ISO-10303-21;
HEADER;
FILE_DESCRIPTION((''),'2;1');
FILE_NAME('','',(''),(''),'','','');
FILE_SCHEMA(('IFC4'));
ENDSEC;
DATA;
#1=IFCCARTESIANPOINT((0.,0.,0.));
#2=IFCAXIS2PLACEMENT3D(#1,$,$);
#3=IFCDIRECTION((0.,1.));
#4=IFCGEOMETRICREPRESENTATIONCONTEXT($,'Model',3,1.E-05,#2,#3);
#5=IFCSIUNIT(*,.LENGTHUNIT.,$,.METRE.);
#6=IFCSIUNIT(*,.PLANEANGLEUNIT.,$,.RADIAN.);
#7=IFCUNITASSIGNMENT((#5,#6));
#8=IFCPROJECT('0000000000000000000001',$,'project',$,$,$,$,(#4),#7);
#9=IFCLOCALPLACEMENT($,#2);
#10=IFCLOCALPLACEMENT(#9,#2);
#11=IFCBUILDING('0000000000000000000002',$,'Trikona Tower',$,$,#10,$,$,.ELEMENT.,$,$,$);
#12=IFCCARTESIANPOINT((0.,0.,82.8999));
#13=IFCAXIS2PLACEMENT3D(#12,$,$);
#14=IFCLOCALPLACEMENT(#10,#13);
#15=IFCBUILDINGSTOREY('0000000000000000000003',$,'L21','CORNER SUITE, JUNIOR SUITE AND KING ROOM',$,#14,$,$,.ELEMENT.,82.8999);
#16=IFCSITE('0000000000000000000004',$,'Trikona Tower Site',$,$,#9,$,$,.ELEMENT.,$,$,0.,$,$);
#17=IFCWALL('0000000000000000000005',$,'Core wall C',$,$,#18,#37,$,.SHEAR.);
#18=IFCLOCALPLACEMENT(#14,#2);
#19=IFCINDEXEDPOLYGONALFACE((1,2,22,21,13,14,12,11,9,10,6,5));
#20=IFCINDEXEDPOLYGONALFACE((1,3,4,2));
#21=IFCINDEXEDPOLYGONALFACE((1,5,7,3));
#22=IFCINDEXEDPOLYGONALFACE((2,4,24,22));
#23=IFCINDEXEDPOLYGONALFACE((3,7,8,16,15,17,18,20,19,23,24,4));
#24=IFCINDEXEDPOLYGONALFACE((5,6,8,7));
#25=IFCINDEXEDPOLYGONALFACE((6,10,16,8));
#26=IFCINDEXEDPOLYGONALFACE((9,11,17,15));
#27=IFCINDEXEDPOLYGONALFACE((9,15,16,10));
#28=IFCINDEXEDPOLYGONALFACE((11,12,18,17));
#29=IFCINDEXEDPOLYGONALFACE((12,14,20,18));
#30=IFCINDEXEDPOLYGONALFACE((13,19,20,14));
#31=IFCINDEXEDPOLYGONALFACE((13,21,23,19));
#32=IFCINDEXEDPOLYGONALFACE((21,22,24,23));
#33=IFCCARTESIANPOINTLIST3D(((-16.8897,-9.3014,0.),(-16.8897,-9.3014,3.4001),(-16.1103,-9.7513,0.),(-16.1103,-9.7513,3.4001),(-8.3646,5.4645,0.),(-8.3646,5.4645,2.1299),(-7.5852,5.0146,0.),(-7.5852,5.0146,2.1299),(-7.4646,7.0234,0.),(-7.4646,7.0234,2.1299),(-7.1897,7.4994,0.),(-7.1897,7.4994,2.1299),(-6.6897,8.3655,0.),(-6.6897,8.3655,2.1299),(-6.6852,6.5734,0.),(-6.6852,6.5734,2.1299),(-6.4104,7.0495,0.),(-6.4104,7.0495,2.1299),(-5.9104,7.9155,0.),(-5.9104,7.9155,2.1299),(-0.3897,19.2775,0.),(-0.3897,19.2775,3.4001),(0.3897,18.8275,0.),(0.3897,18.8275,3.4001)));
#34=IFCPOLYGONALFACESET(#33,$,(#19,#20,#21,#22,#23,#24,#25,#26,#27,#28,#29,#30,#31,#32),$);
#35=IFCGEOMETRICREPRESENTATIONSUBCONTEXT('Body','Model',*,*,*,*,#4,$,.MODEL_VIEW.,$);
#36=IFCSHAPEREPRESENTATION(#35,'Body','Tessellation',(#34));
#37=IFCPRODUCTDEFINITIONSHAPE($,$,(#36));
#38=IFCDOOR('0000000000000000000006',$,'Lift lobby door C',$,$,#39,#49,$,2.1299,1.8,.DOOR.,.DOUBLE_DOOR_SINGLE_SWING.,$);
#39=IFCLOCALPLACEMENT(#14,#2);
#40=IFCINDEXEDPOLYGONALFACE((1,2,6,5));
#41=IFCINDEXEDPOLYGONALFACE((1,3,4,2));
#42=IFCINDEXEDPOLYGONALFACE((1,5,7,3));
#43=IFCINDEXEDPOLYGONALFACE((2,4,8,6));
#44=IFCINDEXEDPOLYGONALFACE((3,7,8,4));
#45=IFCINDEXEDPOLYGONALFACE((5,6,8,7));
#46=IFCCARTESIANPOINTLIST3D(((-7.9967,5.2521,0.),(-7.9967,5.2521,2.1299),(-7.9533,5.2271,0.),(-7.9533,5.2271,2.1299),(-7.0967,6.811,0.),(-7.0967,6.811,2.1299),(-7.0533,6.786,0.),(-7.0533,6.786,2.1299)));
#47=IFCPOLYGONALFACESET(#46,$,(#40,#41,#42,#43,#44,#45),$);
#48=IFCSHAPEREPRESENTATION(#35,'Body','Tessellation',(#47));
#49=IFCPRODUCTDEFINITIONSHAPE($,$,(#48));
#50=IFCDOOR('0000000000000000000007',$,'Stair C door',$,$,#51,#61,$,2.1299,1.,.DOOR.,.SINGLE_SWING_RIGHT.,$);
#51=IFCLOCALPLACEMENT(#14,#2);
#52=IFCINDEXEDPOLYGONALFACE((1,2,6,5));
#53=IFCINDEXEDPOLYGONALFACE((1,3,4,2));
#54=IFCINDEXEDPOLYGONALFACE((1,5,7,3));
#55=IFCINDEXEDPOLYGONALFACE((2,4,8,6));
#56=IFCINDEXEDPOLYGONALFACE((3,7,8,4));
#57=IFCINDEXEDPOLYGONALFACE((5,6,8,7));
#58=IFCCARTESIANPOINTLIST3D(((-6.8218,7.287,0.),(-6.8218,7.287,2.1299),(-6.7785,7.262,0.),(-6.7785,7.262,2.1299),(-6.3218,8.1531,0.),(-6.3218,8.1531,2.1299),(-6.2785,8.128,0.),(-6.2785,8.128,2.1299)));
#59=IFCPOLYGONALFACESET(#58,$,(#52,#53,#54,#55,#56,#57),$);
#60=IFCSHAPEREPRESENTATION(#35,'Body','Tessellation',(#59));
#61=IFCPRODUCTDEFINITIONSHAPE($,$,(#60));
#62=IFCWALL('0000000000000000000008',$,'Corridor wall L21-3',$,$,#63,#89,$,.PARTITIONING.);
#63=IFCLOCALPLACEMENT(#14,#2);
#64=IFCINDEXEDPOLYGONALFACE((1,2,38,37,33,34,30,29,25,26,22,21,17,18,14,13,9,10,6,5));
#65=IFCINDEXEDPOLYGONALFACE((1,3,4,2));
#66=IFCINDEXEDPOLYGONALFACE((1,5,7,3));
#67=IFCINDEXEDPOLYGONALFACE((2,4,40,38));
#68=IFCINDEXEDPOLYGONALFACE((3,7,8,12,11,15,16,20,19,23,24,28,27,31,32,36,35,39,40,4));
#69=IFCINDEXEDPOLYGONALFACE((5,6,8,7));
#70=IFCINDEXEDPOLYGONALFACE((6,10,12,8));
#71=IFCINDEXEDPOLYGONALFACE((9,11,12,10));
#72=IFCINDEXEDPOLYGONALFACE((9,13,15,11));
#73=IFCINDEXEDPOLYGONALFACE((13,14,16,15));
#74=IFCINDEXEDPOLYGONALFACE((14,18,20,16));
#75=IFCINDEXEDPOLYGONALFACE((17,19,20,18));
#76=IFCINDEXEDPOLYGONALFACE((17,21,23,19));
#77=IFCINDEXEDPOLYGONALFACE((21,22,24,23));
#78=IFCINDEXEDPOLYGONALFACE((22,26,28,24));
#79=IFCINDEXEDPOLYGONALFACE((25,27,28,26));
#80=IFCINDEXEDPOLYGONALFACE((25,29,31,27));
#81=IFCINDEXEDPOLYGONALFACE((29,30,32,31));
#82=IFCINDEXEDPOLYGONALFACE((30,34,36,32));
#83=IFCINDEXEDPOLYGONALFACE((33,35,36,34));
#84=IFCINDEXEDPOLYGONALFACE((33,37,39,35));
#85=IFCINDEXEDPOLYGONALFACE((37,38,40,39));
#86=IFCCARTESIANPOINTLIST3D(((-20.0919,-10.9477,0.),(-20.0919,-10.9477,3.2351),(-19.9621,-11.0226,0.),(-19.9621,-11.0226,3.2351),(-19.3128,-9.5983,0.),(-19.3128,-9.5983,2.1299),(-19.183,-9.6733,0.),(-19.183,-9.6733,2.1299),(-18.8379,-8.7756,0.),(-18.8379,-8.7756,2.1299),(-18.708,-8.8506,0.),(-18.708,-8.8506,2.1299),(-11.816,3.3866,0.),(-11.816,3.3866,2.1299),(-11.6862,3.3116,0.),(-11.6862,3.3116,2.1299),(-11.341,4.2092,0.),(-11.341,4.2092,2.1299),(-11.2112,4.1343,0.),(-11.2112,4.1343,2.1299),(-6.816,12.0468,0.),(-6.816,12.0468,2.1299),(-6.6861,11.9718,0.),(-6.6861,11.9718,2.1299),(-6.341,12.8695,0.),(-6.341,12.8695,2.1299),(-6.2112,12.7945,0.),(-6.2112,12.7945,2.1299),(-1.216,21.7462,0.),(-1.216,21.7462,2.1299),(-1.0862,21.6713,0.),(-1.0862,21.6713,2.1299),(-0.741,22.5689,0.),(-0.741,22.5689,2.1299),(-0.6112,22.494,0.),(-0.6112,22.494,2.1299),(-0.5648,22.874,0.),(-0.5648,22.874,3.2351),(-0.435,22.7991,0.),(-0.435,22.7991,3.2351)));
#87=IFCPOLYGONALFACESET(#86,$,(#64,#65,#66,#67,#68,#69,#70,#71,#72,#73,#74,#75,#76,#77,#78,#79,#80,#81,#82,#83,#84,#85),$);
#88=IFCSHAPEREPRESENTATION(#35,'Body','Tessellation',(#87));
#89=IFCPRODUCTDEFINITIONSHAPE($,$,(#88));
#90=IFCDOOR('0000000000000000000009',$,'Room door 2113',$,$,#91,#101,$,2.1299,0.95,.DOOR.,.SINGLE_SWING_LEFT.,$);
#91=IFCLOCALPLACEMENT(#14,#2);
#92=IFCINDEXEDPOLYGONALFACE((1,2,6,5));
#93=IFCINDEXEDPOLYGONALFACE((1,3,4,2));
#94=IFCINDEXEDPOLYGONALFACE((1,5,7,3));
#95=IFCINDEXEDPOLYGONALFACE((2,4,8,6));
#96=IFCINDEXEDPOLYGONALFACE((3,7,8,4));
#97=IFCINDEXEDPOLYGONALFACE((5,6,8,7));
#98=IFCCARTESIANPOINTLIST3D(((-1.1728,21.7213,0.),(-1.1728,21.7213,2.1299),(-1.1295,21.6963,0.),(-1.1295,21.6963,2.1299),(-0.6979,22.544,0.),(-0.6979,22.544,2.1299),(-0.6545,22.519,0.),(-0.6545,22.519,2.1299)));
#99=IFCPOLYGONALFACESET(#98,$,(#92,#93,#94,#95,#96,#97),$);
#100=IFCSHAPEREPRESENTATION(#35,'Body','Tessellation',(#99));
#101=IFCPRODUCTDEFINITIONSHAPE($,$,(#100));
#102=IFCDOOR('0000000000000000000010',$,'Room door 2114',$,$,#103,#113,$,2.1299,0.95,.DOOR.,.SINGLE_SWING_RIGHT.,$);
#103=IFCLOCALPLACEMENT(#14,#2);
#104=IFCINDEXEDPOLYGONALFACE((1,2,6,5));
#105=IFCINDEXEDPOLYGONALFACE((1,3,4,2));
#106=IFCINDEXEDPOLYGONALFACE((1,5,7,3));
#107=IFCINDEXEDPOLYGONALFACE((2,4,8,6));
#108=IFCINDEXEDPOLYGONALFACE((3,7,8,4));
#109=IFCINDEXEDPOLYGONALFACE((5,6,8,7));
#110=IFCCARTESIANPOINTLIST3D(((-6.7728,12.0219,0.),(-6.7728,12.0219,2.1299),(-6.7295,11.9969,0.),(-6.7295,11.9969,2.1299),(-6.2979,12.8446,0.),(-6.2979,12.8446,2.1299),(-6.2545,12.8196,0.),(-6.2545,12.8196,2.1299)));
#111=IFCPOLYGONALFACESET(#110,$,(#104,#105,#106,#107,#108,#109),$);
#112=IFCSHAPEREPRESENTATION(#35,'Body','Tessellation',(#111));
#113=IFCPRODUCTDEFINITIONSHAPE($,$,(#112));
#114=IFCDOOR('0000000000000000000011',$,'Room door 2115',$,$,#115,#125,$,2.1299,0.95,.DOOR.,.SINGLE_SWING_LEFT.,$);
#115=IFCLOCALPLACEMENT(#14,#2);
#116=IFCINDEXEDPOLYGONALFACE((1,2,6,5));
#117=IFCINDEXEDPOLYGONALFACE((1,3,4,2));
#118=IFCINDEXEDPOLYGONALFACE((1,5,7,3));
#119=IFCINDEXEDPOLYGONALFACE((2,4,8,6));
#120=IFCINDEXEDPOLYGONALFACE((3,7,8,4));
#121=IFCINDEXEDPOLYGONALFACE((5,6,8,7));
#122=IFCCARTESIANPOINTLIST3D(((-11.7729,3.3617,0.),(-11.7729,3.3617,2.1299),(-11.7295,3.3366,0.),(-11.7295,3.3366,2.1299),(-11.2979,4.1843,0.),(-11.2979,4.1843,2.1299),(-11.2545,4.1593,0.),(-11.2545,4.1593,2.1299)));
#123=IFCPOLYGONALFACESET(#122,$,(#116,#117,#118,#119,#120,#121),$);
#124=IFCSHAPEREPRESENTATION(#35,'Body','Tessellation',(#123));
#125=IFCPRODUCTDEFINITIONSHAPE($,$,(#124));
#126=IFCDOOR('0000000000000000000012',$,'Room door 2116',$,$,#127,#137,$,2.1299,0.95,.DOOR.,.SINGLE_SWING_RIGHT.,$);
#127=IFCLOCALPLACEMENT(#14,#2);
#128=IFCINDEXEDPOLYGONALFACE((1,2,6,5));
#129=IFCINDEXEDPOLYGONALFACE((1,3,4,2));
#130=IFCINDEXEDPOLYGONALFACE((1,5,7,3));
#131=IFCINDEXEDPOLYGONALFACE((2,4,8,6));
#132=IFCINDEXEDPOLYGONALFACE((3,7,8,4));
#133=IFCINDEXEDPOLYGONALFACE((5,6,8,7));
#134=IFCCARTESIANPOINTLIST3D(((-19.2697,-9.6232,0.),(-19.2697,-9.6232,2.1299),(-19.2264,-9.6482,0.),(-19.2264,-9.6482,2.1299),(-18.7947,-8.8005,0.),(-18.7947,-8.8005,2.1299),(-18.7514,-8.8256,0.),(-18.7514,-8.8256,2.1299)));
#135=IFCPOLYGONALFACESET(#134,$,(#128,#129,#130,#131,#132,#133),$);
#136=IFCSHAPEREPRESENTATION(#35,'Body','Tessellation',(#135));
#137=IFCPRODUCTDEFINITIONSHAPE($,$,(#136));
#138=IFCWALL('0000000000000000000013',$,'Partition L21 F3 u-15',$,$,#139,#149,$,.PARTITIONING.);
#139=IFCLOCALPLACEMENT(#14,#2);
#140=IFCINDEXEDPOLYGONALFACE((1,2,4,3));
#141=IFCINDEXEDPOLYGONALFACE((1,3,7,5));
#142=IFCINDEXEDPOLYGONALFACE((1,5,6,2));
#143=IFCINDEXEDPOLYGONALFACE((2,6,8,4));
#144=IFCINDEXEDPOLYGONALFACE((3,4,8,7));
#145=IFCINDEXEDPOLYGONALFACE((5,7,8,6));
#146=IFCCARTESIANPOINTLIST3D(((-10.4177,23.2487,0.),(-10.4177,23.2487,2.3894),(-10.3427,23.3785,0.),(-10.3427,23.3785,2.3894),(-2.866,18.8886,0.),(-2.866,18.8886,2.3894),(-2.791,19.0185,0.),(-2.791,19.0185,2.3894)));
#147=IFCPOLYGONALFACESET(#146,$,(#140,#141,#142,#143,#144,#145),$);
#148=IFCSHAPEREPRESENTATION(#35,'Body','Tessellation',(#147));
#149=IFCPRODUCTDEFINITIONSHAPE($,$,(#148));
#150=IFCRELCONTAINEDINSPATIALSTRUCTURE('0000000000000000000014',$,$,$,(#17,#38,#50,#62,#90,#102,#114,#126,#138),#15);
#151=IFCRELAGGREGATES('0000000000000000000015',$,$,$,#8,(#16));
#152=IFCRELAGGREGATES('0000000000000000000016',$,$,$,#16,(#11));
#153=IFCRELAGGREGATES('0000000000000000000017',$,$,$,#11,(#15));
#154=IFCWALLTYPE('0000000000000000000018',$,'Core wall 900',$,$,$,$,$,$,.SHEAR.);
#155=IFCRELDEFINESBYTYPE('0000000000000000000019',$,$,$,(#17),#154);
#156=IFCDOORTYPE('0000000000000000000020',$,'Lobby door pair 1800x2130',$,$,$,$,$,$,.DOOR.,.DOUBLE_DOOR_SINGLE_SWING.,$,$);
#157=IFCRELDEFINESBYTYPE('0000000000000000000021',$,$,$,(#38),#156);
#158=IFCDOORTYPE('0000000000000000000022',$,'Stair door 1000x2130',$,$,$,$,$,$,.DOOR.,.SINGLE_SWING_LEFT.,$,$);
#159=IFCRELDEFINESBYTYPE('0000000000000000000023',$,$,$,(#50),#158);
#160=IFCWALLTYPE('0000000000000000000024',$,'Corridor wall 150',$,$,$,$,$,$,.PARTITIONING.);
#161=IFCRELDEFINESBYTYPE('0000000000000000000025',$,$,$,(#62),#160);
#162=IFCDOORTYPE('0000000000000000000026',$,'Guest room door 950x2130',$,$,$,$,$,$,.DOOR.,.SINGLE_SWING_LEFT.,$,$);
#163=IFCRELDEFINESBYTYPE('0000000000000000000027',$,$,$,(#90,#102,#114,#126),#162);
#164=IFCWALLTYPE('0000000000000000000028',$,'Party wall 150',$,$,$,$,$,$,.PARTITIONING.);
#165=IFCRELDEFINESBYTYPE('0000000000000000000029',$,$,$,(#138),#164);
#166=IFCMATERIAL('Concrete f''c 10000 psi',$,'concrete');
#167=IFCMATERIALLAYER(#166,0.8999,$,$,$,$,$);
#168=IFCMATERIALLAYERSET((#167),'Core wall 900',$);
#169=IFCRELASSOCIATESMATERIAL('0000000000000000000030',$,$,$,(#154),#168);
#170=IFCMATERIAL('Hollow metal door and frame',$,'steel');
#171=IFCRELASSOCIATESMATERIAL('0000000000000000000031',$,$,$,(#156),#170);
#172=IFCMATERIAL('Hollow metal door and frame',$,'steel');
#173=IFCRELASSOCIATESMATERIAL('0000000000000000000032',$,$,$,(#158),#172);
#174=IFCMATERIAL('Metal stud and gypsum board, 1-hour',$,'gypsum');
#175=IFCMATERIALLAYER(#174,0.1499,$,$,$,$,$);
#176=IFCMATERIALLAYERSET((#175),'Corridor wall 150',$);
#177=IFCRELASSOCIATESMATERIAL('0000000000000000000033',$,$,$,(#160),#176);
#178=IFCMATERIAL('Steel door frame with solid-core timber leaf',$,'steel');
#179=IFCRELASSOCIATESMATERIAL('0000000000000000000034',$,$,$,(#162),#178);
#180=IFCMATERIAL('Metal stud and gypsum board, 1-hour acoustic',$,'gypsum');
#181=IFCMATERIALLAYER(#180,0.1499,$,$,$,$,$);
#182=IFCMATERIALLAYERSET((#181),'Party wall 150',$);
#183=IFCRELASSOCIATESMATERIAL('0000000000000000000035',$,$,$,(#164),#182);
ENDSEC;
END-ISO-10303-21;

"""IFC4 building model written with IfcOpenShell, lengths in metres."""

from ifc_helpers import new_model, si_unit, direction, frame, frame_2d, origin, place, context, subcontext, project, spatial, rectangle, extrude, material, layer, layer_set, type_object, element, fill, save


model = new_model("IFC4")

# Units and contexts
model_context = context("Model", 3, precision=1e-05, world=origin(), true_north=direction((0.0, 1.0)))
body_context = subcontext(model_context, "Body", "Model", "MODEL_VIEW")
ifc_project = project(units=[si_unit("LENGTHUNIT", "METRE"), si_unit("PLANEANGLEUNIT", "RADIAN")], contexts=[model_context])

# Site, building, storey
site_placement = place(None, origin())
site = spatial("IfcSite", under=ifc_project, at=site_placement, Name="Trikona Tower Site", CompositionType="ELEMENT", RefElevation=0.0)
building_placement = place(site_placement, origin())
building = spatial("IfcBuilding", under=site, at=building_placement, Name="Trikona Tower", CompositionType="ELEMENT")
storey_placement = place(building_placement, frame((0.0, 0.0, 82.8999)))
storey = spatial("IfcBuildingStorey", under=building, at=storey_placement, Name="L21", Description="CORNER SUITE, JUNIOR SUITE AND KING ROOM", CompositionType="ELEMENT", Elevation=82.8999)

# Walls, openings, doors
ifc_material_1 = material(Name="Concrete f'c 10000 psi", Category="concrete")
ifc_layer_1 = layer(ifc_material_1, 0.8999)
ifc_layer_set_1 = layer_set([ifc_layer_1], Name="Core wall 900")
wall_type_1 = type_object("IfcWallType", Name="Core wall 900", PredefinedType="SHEAR", material=ifc_layer_set_1)
wall_1_placement = place(storey_placement, frame((0.0, 19.0525, 0.0), z_axis=(0.0, 0.0, 1.0), x_axis=(-0.5, -0.866026, 0.0)))
wall_1 = element("IfcWall", 1, at=wall_1_placement, inside=storey, type_object=wall_type_1, Name="Core wall C", PredefinedType="SHEAR", context=body_context, shape_type="SweptSolid", body=[
    extrude(rectangle(XDim=33.0, YDim=0.8999, at=frame_2d((16.5, 0.0))), origin(), (0.0, 0.0, 1.0), 3.4001),
])
opening_1_placement = place(wall_1_placement, frame((14.1499, 0.0, 0.0)))
opening_1 = element("IfcOpeningElement", 2, at=opening_1_placement, cuts=wall_1, PredefinedType="OPENING", context=body_context, shape_type="SweptSolid", body=[
    extrude(rectangle(XDim=1.8, YDim=2.1299, at=frame_2d((0.8999, 1.0649))), frame((0.0, 0.46, 0.0), z_axis=(0.0, -1.0, 0.0), x_axis=(1.0, 0.0, 0.0)), (0.0, 0.0, 1.0), 0.9199),
])
opening_2_placement = place(wall_1_placement, frame((12.6001, 0.0, 0.0)))
opening_2 = element("IfcOpeningElement", 3, at=opening_2_placement, cuts=wall_1, PredefinedType="OPENING", context=body_context, shape_type="SweptSolid", body=[
    extrude(rectangle(XDim=1.0, YDim=2.1299, at=frame_2d((0.5, 1.0649))), frame((0.0, 0.46, 0.0), z_axis=(0.0, -1.0, 0.0), x_axis=(1.0, 0.0, 0.0)), (0.0, 0.0, 1.0), 0.9199),
])
ifc_material_2 = material(Name="Hollow metal door and frame", Category="steel")
door_type_1 = type_object("IfcDoorType", Name="Lobby door pair 1800x2130", OperationType="DOUBLE_DOOR_SINGLE_SWING", PredefinedType="DOOR", material=ifc_material_2)
door_1_placement = place(opening_1_placement, origin())
door_1 = element("IfcDoor", 4, at=door_1_placement, inside=storey, type_object=door_type_1, Name="Lift lobby door C", OperationType="DOUBLE_DOOR_SINGLE_SWING", OverallHeight=2.1299, OverallWidth=1.8, PredefinedType="DOOR", context=body_context, shape_type="SweptSolid", body=[
    extrude(rectangle(XDim=1.8, YDim=2.1299, at=frame_2d((0.8999, 1.0649))), frame((0.0, 0.0249, 0.0), z_axis=(0.0, -1.0, 0.0), x_axis=(1.0, 0.0, 0.0)), (0.0, 0.0, 1.0), 0.05),
])
fill(opening_1, door_1)
ifc_material_3 = material(Name="Hollow metal door and frame", Category="steel")
door_type_2 = type_object("IfcDoorType", Name="Stair door 1000x2130", OperationType="SINGLE_SWING_LEFT", PredefinedType="DOOR", material=ifc_material_3)
door_2_placement = place(opening_2_placement, origin())
door_2 = element("IfcDoor", 5, at=door_2_placement, inside=storey, type_object=door_type_2, Name="Stair C door", OperationType="SINGLE_SWING_RIGHT", OverallHeight=2.1299, OverallWidth=1.0, PredefinedType="DOOR", context=body_context, shape_type="SweptSolid", body=[
    extrude(rectangle(XDim=1.0, YDim=2.1299, at=frame_2d((0.5, 1.0649))), frame((0.0, 0.0249, 0.0), z_axis=(0.0, -1.0, 0.0), x_axis=(1.0, 0.0, 0.0)), (0.0, 0.0, 1.0), 0.05),
])
fill(opening_2, door_2)
ifc_material_4 = material(Name="Metal stud and gypsum board, 1-hour", Category="gypsum")
ifc_layer_2 = layer(ifc_material_4, 0.1499)
ifc_layer_set_2 = layer_set([ifc_layer_2], Name="Corridor wall 150")
wall_type_2 = type_object("IfcWallType", Name="Corridor wall 150", PredefinedType="PARTITIONING", material=ifc_layer_set_2)
wall_2_placement = place(storey_placement, frame((-0.5, 22.8364, 0.0), z_axis=(0.0, 0.0, 1.0), x_axis=(-0.500002, -0.866024, 0.0)))
wall_2 = element("IfcWall", 6, at=wall_2_placement, inside=storey, type_object=wall_type_2, Name="Corridor wall L21-3", PredefinedType="PARTITIONING", context=body_context, shape_type="SweptSolid", body=[
    extrude(rectangle(XDim=39.054, YDim=0.1499, at=frame_2d((19.5269, 0.0))), origin(), (0.0, 0.0, 1.0), 3.2351),
])
opening_3_placement = place(wall_2_placement, frame((0.3521, 0.0, 0.0)))
opening_3 = element("IfcOpeningElement", 7, at=opening_3_placement, cuts=wall_2, PredefinedType="OPENING", context=body_context, shape_type="SweptSolid", body=[
    extrude(rectangle(XDim=0.95, YDim=2.1299, at=frame_2d((0.4751, 1.0649))), frame((0.0, 0.085, 0.0), z_axis=(0.0, -1.0, 0.0), x_axis=(1.0, 0.0, 0.0)), (0.0, 0.0, 1.0), 0.1699),
])
opening_4_placement = place(wall_2_placement, frame((11.552, 0.0, 0.0)))
opening_4 = element("IfcOpeningElement", 8, at=opening_4_placement, cuts=wall_2, PredefinedType="OPENING", context=body_context, shape_type="SweptSolid", body=[
    extrude(rectangle(XDim=0.95, YDim=2.1299, at=frame_2d((0.4751, 1.0649))), frame((0.0, 0.085, 0.0), z_axis=(0.0, -1.0, 0.0), x_axis=(1.0, 0.0, 0.0)), (0.0, 0.0, 1.0), 0.1699),
])
opening_5_placement = place(wall_2_placement, frame((21.552, 0.0, 0.0)))
opening_5 = element("IfcOpeningElement", 9, at=opening_5_placement, cuts=wall_2, PredefinedType="OPENING", context=body_context, shape_type="SweptSolid", body=[
    extrude(rectangle(XDim=0.95, YDim=2.1299, at=frame_2d((0.4751, 1.0649))), frame((0.0, 0.085, 0.0), z_axis=(0.0, -1.0, 0.0), x_axis=(1.0, 0.0, 0.0)), (0.0, 0.0, 1.0), 0.1699),
])
opening_6_placement = place(wall_2_placement, frame((36.5457, 0.0, 0.0)))
opening_6 = element("IfcOpeningElement", 10, at=opening_6_placement, cuts=wall_2, PredefinedType="OPENING", context=body_context, shape_type="SweptSolid", body=[
    extrude(rectangle(XDim=0.95, YDim=2.1299, at=frame_2d((0.4751, 1.0649))), frame((0.0, 0.085, 0.0), z_axis=(0.0, -1.0, 0.0), x_axis=(1.0, 0.0, 0.0)), (0.0, 0.0, 1.0), 0.1699),
])
ifc_material_5 = material(Name="Steel door frame with solid-core timber leaf", Category="steel")
door_type_3 = type_object("IfcDoorType", Name="Guest room door 950x2130", OperationType="SINGLE_SWING_LEFT", PredefinedType="DOOR", material=ifc_material_5)
door_3_placement = place(opening_3_placement, origin())
door_3 = element("IfcDoor", 11, at=door_3_placement, inside=storey, type_object=door_type_3, Name="Room door 2113", OperationType="SINGLE_SWING_LEFT", OverallHeight=2.1299, OverallWidth=0.95, PredefinedType="DOOR", context=body_context, shape_type="SweptSolid", body=[
    extrude(rectangle(XDim=0.95, YDim=2.1299, at=frame_2d((0.4751, 1.0649))), frame((0.0, 0.0249, 0.0), z_axis=(0.0, -1.0, 0.0), x_axis=(1.0, 0.0, 0.0)), (0.0, 0.0, 1.0), 0.05),
])
fill(opening_3, door_3)
door_4_placement = place(opening_4_placement, origin())
door_4 = element("IfcDoor", 12, at=door_4_placement, inside=storey, type_object=door_type_3, Name="Room door 2114", OperationType="SINGLE_SWING_RIGHT", OverallHeight=2.1299, OverallWidth=0.95, PredefinedType="DOOR", context=body_context, shape_type="SweptSolid", body=[
    extrude(rectangle(XDim=0.95, YDim=2.1299, at=frame_2d((0.4751, 1.0649))), frame((0.0, 0.0249, 0.0), z_axis=(0.0, -1.0, 0.0), x_axis=(1.0, 0.0, 0.0)), (0.0, 0.0, 1.0), 0.05),
])
fill(opening_4, door_4)
door_5_placement = place(opening_5_placement, origin())
door_5 = element("IfcDoor", 13, at=door_5_placement, inside=storey, type_object=door_type_3, Name="Room door 2115", OperationType="SINGLE_SWING_LEFT", OverallHeight=2.1299, OverallWidth=0.95, PredefinedType="DOOR", context=body_context, shape_type="SweptSolid", body=[
    extrude(rectangle(XDim=0.95, YDim=2.1299, at=frame_2d((0.4751, 1.0649))), frame((0.0, 0.0249, 0.0), z_axis=(0.0, -1.0, 0.0), x_axis=(1.0, 0.0, 0.0)), (0.0, 0.0, 1.0), 0.05),
])
fill(opening_5, door_5)
door_6_placement = place(opening_6_placement, origin())
door_6 = element("IfcDoor", 14, at=door_6_placement, inside=storey, type_object=door_type_3, Name="Room door 2116", OperationType="SINGLE_SWING_RIGHT", OverallHeight=2.1299, OverallWidth=0.95, PredefinedType="DOOR", context=body_context, shape_type="SweptSolid", body=[
    extrude(rectangle(XDim=0.95, YDim=2.1299, at=frame_2d((0.4751, 1.0649))), frame((0.0, 0.0249, 0.0), z_axis=(0.0, -1.0, 0.0), x_axis=(1.0, 0.0, 0.0)), (0.0, 0.0, 1.0), 0.05),
])
fill(opening_6, door_6)

# Wall
ifc_material_6 = material(Name="Metal stud and gypsum board, 1-hour acoustic", Category="gypsum")
ifc_layer_3 = layer(ifc_material_6, 0.1499)
ifc_layer_set_3 = layer_set([ifc_layer_3], Name="Party wall 150")
wall_type_3 = type_object("IfcWallType", Name="Party wall 150", PredefinedType="PARTITIONING", material=ifc_layer_set_3)
wall_3_placement = place(storey_placement, frame((-2.8286, 18.9536, 0.0), z_axis=(0.0, 0.0, 1.0), x_axis=(-0.866021, 0.500008, 0.0)))
element("IfcWall", 15, at=wall_3_placement, inside=storey, type_object=wall_type_3, Name="Partition L21 F3 u-15", PredefinedType="PARTITIONING", context=body_context, shape_type="SweptSolid", body=[
    extrude(rectangle(XDim=8.72, YDim=0.1499, at=frame_2d((4.3599, 0.0))), origin(), (0.0, 0.0, 1.0), 2.3894),
])

save(model, "model.ifc")
